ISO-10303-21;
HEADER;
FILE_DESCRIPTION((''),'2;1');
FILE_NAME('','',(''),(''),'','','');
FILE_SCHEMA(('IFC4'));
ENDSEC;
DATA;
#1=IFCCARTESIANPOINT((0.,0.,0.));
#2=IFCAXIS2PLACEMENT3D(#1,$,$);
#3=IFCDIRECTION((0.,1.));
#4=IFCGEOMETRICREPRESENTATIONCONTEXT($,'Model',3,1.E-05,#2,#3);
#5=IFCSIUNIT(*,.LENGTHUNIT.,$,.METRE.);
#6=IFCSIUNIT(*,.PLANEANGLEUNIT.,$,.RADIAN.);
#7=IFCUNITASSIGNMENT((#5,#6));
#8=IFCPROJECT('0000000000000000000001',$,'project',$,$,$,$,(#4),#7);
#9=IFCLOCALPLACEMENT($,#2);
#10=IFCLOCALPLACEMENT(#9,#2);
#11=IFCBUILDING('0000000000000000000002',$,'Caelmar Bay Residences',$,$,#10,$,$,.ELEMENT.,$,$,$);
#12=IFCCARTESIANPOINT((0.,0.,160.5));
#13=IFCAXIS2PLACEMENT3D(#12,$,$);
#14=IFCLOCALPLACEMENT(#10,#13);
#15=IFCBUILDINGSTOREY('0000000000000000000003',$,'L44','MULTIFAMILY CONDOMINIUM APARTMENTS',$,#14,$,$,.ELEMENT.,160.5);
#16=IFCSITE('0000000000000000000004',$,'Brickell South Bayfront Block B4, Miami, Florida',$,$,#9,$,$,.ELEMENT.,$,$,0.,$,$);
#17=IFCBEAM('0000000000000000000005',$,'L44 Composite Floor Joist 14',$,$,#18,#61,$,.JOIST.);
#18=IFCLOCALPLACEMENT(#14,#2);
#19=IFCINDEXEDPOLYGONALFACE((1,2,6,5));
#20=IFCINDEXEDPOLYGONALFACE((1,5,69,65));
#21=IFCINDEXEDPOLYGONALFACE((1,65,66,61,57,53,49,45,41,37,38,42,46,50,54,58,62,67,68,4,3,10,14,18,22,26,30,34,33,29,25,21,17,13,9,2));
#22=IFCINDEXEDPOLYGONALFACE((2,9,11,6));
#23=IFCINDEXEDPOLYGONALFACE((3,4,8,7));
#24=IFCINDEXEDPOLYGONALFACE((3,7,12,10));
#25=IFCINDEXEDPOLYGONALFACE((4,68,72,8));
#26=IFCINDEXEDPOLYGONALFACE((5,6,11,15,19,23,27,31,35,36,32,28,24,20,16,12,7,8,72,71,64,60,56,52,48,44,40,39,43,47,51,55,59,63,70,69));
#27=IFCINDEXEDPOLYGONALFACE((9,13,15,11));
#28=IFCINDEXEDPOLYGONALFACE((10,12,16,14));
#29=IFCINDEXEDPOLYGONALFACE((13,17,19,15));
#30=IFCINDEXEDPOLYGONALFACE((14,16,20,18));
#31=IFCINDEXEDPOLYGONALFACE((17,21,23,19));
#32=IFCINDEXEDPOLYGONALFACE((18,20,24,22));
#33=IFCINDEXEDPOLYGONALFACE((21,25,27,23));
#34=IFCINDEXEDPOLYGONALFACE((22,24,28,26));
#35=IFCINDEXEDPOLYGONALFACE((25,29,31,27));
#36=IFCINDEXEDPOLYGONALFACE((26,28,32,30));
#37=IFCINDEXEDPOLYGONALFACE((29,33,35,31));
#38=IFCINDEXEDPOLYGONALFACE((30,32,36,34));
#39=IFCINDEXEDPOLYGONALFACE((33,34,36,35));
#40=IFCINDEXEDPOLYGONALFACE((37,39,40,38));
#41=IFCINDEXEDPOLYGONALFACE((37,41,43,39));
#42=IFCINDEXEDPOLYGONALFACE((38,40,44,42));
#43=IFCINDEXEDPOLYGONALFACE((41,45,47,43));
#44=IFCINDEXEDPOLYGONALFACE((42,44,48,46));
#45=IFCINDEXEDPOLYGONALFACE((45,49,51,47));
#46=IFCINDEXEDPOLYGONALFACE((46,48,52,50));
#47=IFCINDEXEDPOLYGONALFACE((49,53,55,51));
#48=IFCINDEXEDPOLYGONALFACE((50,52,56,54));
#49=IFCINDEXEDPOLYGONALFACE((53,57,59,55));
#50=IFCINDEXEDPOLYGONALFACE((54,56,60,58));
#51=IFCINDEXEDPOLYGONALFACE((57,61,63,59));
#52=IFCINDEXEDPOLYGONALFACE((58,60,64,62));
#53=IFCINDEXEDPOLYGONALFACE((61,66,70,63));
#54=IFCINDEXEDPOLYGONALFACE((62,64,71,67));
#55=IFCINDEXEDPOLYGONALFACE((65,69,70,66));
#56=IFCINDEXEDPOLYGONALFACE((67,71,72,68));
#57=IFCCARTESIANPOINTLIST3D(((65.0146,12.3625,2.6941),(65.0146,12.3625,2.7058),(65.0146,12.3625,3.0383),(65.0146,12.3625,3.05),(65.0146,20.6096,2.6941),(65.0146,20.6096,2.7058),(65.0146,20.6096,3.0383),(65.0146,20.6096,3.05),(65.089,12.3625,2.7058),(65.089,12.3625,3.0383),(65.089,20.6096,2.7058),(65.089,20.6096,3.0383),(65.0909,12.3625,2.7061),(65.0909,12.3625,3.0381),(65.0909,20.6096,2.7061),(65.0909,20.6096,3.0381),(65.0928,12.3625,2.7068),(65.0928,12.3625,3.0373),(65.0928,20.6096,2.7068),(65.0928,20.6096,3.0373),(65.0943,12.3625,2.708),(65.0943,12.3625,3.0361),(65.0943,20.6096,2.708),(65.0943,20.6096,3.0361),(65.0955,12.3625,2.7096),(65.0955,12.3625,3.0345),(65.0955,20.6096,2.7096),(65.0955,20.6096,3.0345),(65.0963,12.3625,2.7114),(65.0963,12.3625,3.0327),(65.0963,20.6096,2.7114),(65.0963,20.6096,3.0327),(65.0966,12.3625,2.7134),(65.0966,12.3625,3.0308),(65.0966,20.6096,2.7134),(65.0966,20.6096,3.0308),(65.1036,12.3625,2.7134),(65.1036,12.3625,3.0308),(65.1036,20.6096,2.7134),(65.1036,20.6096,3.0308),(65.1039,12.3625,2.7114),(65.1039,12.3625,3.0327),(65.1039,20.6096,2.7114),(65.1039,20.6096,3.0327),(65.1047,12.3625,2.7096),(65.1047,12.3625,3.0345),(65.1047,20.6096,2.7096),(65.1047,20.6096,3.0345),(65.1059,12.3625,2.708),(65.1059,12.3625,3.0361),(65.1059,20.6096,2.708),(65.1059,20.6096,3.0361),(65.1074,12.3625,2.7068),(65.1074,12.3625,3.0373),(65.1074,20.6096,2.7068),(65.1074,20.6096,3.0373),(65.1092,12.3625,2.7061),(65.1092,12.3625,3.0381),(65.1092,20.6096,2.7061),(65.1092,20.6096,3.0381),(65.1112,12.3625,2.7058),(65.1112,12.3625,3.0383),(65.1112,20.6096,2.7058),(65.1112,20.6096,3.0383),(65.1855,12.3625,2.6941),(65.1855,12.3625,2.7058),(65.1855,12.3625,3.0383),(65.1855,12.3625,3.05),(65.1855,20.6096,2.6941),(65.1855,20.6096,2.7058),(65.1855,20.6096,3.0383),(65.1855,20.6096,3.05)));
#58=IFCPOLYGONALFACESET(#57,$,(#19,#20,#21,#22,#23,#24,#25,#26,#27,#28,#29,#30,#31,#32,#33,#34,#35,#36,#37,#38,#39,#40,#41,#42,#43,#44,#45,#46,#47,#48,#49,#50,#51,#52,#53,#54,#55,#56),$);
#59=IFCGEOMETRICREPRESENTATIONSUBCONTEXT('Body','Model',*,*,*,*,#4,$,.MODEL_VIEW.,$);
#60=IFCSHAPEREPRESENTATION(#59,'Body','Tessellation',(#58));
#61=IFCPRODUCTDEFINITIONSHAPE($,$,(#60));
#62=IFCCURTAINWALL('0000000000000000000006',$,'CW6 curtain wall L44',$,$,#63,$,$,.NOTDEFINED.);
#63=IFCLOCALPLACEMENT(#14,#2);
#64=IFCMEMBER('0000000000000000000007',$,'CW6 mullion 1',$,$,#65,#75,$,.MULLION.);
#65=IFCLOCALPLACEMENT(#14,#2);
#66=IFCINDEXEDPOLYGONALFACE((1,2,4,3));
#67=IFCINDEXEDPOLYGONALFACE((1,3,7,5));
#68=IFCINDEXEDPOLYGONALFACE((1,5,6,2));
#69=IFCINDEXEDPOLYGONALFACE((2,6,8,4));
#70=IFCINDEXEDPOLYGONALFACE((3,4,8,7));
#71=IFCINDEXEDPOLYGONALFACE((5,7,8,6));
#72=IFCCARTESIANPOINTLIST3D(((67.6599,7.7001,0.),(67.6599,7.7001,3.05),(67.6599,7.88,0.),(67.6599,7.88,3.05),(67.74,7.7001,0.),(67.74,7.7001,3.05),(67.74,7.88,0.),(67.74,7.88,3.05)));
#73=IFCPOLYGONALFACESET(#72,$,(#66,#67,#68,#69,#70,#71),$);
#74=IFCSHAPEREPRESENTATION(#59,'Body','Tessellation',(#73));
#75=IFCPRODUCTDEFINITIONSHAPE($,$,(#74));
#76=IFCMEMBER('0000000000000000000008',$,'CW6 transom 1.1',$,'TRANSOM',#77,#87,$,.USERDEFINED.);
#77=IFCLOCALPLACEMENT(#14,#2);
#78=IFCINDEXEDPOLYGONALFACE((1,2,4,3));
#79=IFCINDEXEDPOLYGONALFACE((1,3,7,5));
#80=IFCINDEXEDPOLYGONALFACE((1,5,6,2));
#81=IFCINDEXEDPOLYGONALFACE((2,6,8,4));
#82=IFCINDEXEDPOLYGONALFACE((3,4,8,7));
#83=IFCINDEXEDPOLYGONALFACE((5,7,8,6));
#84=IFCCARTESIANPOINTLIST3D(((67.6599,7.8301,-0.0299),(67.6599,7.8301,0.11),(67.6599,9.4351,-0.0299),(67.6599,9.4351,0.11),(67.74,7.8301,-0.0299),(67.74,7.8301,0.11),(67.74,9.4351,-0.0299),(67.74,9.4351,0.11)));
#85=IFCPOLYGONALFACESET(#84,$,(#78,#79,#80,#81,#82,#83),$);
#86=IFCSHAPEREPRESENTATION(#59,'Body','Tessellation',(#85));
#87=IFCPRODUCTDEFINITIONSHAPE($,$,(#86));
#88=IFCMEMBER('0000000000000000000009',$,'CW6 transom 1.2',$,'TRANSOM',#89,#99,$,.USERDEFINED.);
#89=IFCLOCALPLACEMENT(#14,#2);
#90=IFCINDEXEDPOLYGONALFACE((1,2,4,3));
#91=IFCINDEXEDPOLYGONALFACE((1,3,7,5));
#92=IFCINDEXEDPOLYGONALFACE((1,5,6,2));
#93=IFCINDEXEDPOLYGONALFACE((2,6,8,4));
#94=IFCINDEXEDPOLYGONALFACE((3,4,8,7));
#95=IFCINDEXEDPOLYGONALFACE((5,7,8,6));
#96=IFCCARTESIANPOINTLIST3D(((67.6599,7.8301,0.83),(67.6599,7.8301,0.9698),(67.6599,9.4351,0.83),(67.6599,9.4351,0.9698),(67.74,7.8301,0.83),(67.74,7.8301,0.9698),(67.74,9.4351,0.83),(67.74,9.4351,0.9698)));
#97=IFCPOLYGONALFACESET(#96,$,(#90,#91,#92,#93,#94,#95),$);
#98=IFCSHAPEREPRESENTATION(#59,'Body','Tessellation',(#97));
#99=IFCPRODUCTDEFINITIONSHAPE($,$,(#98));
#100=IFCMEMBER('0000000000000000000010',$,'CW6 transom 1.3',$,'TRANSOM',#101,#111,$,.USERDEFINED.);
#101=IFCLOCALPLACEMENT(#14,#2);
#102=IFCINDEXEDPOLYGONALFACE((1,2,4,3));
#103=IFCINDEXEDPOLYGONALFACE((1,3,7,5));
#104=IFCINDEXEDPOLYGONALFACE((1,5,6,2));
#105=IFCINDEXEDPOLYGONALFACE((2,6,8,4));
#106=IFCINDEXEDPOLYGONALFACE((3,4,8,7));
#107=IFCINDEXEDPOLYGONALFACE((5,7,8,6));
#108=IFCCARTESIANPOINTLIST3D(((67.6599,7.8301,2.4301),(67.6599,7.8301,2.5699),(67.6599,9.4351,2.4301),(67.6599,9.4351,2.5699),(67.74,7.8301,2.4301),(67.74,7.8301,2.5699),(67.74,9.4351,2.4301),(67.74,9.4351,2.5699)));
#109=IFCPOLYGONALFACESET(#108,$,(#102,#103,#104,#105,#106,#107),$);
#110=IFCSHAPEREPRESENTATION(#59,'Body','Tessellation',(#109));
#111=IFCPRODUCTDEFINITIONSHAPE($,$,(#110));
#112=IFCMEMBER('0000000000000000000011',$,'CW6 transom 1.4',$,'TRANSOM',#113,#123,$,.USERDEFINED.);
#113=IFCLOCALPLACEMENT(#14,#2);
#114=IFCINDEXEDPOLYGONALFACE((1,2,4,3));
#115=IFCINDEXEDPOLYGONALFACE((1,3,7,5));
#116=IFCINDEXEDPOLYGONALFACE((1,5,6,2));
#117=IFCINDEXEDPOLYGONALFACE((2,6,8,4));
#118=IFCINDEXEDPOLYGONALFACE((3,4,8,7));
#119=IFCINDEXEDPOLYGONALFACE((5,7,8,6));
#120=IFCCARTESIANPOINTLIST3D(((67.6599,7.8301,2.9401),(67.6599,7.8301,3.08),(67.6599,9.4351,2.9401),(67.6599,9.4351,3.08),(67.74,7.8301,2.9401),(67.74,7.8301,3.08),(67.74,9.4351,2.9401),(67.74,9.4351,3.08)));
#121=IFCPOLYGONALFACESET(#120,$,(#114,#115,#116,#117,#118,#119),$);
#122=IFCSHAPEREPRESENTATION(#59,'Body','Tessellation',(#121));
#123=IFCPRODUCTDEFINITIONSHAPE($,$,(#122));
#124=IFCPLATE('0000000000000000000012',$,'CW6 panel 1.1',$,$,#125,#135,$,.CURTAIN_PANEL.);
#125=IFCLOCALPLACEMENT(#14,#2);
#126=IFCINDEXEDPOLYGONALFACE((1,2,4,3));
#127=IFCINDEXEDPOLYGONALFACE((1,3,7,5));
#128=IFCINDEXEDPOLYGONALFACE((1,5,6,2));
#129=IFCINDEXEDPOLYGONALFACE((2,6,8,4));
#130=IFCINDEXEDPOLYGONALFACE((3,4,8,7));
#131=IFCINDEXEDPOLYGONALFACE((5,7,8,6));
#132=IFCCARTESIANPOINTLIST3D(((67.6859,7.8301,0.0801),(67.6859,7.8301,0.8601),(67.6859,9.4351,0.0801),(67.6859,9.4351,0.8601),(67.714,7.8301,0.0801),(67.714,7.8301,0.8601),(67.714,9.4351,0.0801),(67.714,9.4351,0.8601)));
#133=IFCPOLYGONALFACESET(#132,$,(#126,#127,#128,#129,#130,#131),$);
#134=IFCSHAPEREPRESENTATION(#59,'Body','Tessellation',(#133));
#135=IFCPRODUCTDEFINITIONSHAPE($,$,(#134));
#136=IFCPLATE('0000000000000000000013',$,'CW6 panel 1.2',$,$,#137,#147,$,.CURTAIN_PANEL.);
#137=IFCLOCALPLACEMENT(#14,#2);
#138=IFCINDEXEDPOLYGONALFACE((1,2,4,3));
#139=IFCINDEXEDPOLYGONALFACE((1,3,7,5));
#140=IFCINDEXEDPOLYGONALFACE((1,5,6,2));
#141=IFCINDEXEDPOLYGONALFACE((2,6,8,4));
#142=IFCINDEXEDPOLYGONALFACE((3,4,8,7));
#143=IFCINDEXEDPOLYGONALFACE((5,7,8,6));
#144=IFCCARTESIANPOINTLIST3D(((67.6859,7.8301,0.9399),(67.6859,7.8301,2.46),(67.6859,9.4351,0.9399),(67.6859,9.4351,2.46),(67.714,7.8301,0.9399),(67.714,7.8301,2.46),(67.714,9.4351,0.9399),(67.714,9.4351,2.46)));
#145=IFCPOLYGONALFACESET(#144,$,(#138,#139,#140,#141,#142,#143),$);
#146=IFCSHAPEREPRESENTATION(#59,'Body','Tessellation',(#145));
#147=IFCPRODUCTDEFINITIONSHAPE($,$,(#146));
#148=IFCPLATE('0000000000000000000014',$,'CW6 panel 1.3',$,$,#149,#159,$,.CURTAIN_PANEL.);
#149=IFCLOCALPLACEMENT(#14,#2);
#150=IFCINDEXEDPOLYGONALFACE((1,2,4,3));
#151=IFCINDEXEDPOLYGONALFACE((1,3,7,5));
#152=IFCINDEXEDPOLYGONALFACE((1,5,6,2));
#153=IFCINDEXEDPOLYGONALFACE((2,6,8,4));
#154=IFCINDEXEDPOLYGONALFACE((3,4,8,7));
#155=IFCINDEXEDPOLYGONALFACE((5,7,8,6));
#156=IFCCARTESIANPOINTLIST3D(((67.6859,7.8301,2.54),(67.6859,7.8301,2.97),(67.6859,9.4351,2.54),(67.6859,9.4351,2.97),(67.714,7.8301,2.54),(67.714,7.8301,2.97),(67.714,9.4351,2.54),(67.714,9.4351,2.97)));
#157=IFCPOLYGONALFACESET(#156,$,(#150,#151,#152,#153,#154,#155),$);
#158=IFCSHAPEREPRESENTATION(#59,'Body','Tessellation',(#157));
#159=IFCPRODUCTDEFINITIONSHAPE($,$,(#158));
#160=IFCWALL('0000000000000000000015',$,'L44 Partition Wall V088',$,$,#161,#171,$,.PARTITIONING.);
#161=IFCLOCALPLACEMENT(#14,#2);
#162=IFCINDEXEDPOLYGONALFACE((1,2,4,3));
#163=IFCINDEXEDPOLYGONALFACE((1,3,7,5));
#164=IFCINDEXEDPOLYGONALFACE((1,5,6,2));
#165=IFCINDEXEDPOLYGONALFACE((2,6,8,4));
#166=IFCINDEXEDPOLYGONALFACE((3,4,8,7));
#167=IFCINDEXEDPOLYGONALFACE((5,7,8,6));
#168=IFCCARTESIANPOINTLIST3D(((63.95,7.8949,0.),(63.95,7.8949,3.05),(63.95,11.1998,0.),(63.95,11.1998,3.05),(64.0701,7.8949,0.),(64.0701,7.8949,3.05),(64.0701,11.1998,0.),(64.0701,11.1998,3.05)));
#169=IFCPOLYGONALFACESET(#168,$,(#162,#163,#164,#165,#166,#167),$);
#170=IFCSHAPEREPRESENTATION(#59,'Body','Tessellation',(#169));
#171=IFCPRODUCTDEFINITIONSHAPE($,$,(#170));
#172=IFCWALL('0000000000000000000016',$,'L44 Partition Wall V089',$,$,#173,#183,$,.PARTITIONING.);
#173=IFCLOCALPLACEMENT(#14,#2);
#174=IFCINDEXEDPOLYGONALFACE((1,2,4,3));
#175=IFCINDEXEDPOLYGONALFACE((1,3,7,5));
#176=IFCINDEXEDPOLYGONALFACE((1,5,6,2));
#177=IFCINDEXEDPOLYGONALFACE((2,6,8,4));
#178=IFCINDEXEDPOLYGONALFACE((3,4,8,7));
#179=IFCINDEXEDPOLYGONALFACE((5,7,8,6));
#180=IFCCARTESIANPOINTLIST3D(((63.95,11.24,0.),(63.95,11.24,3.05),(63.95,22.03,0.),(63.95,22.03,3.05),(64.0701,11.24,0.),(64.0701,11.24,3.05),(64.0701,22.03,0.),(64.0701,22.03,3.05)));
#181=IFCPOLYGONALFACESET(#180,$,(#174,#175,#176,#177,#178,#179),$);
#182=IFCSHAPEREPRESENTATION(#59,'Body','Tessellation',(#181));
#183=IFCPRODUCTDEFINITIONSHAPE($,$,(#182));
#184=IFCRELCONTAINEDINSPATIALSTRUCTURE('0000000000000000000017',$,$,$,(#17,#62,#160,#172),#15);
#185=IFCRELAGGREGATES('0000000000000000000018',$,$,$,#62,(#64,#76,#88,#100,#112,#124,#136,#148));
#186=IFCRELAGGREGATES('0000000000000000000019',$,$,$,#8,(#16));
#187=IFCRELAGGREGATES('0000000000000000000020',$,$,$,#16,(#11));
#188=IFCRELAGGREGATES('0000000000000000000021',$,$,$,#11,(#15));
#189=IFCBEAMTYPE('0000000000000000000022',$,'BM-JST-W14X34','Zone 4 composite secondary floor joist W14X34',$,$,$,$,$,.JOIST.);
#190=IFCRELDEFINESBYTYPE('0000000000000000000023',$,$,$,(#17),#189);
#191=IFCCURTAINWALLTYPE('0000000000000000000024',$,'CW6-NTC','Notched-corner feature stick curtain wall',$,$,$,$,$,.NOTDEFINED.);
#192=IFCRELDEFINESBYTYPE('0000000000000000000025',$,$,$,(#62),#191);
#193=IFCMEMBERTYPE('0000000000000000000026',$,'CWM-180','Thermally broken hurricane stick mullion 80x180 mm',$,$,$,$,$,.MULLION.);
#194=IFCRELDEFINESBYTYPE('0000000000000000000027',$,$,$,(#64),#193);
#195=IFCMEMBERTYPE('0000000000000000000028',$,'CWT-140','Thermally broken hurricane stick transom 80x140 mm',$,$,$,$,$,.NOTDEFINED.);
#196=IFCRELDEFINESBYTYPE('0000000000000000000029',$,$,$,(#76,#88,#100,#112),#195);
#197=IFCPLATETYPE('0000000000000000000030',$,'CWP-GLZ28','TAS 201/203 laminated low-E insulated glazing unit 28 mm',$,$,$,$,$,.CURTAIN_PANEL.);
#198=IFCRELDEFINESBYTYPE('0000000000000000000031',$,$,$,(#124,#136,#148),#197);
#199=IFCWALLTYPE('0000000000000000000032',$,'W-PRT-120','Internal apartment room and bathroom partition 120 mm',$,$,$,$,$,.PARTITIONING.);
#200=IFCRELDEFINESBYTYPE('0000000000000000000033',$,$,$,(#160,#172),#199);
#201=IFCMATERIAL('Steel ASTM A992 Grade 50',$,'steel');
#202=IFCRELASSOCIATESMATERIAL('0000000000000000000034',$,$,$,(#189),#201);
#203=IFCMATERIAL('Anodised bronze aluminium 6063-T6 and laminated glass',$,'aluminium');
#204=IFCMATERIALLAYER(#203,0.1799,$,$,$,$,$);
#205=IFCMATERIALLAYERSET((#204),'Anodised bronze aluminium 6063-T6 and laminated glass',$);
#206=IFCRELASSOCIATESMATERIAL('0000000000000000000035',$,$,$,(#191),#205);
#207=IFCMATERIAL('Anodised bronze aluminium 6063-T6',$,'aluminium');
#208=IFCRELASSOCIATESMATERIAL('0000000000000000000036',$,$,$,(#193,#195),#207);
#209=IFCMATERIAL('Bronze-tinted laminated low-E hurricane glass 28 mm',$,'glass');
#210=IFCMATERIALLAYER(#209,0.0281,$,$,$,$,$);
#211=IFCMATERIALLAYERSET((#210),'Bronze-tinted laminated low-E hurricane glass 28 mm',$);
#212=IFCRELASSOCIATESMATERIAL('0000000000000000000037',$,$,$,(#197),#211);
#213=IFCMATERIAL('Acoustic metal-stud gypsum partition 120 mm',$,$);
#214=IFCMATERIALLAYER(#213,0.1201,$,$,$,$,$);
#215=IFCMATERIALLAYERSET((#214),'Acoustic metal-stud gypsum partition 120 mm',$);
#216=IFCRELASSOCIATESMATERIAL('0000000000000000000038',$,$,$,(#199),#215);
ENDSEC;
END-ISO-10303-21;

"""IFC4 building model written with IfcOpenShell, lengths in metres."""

from ifc_helpers import new_model, si_unit, direction, frame, frame_2d, origin, origin_2d, place, context, subcontext, project, spatial, rectangle, i_section, extrude, material, layer, layer_set, material_profile, profile_set, type_object, element, aggregate, save


model = new_model("IFC4")

# Units and contexts
model_context = context("Model", 3, precision=1e-05, world=origin(), true_north=direction((0.0, 1.0)))
body_context = subcontext(model_context, "Body", "Model", "MODEL_VIEW")
ifc_project = project(units=[si_unit("LENGTHUNIT", "METRE"), si_unit("PLANEANGLEUNIT", "RADIAN")], contexts=[model_context])

# Site, building, storey
site_placement = place(None, origin())
site = spatial("IfcSite", under=ifc_project, at=site_placement, Name="Brickell South Bayfront Block B4, Miami, Florida", CompositionType="ELEMENT", RefElevation=0.0)
building_placement = place(site_placement, origin())
building = spatial("IfcBuilding", under=site, at=building_placement, Name="Caelmar Bay Residences", CompositionType="ELEMENT")
storey_placement = place(building_placement, frame((0.0, 0.0, 160.5)))
storey = spatial("IfcBuildingStorey", under=building, at=storey_placement, Name="L44", Description="MULTIFAMILY CONDOMINIUM APARTMENTS", CompositionType="ELEMENT", Elevation=160.5)

# Beam
ifc_material_1 = material(Name="Steel ASTM A992 Grade 50", Category="steel")
ifc_material_profile_1 = material_profile(ifc_material_1, i_section(OverallWidth=0.1709, OverallDepth=0.356, WebThickness=0.0071, FlangeThickness=0.0117, FilletRadius=0.0076, at=origin_2d()), Name="W14X34")
ifc_profile_set_1 = profile_set([ifc_material_profile_1], Name="Steel ASTM A992 Grade 50")
beam_type = type_object("IfcBeamType", Name="BM-JST-W14X34", Description="Zone 4 composite secondary floor joist W14X34", PredefinedType="JOIST", material=ifc_profile_set_1)
beam_placement = place(storey_placement, frame((65.1001, 12.3625, 2.8721), z_axis=(0.0, 1.0, 0.0), x_axis=(-1.0, 0.0, 0.0)))
element("IfcBeam", 1, at=beam_placement, inside=storey, type_object=beam_type, Name="L44 Composite Floor Joist 14", PredefinedType="JOIST", context=body_context, shape_type="SweptSolid", body=[
    extrude(i_section(OverallWidth=0.1709, OverallDepth=0.356, WebThickness=0.0071, FlangeThickness=0.0117, FilletRadius=0.0076, at=origin_2d()), origin(), (0.0, 0.0, 1.0), 8.2471),
])

# Curtain wall, members, plates
ifc_material_2 = material(Name="Anodised bronze aluminium 6063-T6 and laminated glass", Category="aluminium")
ifc_layer_1 = layer(ifc_material_2, 0.1799)
ifc_layer_set_1 = layer_set([ifc_layer_1], Name="Anodised bronze aluminium 6063-T6 and laminated glass")
curtain_wall_type = type_object("IfcCurtainWallType", Name="CW6-NTC", Description="Notched-corner feature stick curtain wall", PredefinedType="NOTDEFINED", material=ifc_layer_set_1)
curtain_wall_placement = place(storey_placement, origin())
curtain_wall = element("IfcCurtainWall", 2, at=curtain_wall_placement, inside=storey, type_object=curtain_wall_type, Name="CW6 curtain wall L44", PredefinedType="NOTDEFINED")
ifc_material_3 = material(Name="Anodised bronze aluminium 6063-T6", Category="aluminium")
ifc_material_profile_2 = material_profile(ifc_material_3, rectangle(XDim=0.0801, YDim=0.1799, at=origin_2d()), Name="CWM-80X180")
ifc_profile_set_2 = profile_set([ifc_material_profile_2], Name="Anodised bronze aluminium 6063-T6")
member_type_1 = type_object("IfcMemberType", Name="CWM-180", Description="Thermally broken hurricane stick mullion 80x180 mm", PredefinedType="MULLION", material=ifc_profile_set_2)
member_1_placement = place(storey_placement, frame((67.7, 7.79, 0.0), z_axis=(0.0, 0.0, 1.0), x_axis=(-1.0, 0.0, 0.0)))
member_1 = element("IfcMember", 3, at=member_1_placement, type_object=member_type_1, Name="CW6 mullion 1", PredefinedType="MULLION", context=body_context, shape_type="SweptSolid", body=[
    extrude(rectangle(XDim=0.0801, YDim=0.1799, at=origin_2d()), origin(), (0.0, 0.0, 1.0), 3.05),
])
ifc_material_profile_3 = material_profile(ifc_material_3, rectangle(XDim=0.0801, YDim=0.1399, at=origin_2d()), Name="CWT-80X140")
ifc_profile_set_3 = profile_set([ifc_material_profile_3], Name="Anodised bronze aluminium 6063-T6")
member_type_2 = type_object("IfcMemberType", Name="CWT-140", Description="Thermally broken hurricane stick transom 80x140 mm", PredefinedType="NOTDEFINED", material=ifc_profile_set_3)
member_2_placement = place(storey_placement, frame((67.7, 7.8301, 0.04), z_axis=(0.0, 1.0, 0.0), x_axis=(-1.0, 0.0, 0.0)))
member_2 = element("IfcMember", 4, at=member_2_placement, type_object=member_type_2, Name="CW6 transom 1.1", ObjectType="TRANSOM", PredefinedType="USERDEFINED", context=body_context, shape_type="SweptSolid", body=[
    extrude(rectangle(XDim=0.0801, YDim=0.1399, at=origin_2d()), origin(), (0.0, 0.0, 1.0), 1.605),
])
member_3_placement = place(storey_placement, frame((67.7, 7.8301, 0.8999), z_axis=(0.0, 1.0, 0.0), x_axis=(-1.0, 0.0, 0.0)))
member_3 = element("IfcMember", 5, at=member_3_placement, type_object=member_type_2, Name="CW6 transom 1.2", ObjectType="TRANSOM", PredefinedType="USERDEFINED", context=body_context, shape_type="SweptSolid", body=[
    extrude(rectangle(XDim=0.0801, YDim=0.1399, at=origin_2d()), origin(), (0.0, 0.0, 1.0), 1.605),
])
member_4_placement = place(storey_placement, frame((67.7, 7.8301, 2.5), z_axis=(0.0, 1.0, 0.0), x_axis=(-1.0, 0.0, 0.0)))
member_4 = element("IfcMember", 6, at=member_4_placement, type_object=member_type_2, Name="CW6 transom 1.3", ObjectType="TRANSOM", PredefinedType="USERDEFINED", context=body_context, shape_type="SweptSolid", body=[
    extrude(rectangle(XDim=0.0801, YDim=0.1399, at=origin_2d()), origin(), (0.0, 0.0, 1.0), 1.605),
])
member_5_placement = place(storey_placement, frame((67.7, 7.8301, 3.01), z_axis=(0.0, 1.0, 0.0), x_axis=(-1.0, 0.0, 0.0)))
member_5 = element("IfcMember", 7, at=member_5_placement, type_object=member_type_2, Name="CW6 transom 1.4", ObjectType="TRANSOM", PredefinedType="USERDEFINED", context=body_context, shape_type="SweptSolid", body=[
    extrude(rectangle(XDim=0.0801, YDim=0.1399, at=origin_2d()), origin(), (0.0, 0.0, 1.0), 1.605),
])
ifc_material_4 = material(Name="Bronze-tinted laminated low-E hurricane glass 28 mm", Category="glass")
ifc_layer_2 = layer(ifc_material_4, 0.0281)
ifc_layer_set_2 = layer_set([ifc_layer_2], Name="Bronze-tinted laminated low-E hurricane glass 28 mm")
plate_type = type_object("IfcPlateType", Name="CWP-GLZ28", Description="TAS 201/203 laminated low-E insulated glazing unit 28 mm", PredefinedType="CURTAIN_PANEL", material=ifc_layer_set_2)
plate_1_placement = place(storey_placement, frame((67.7, 8.6326, 0.0801), z_axis=(0.0, 0.0, 1.0), x_axis=(0.0, 1.0, 0.0)))
plate_1 = element("IfcPlate", 8, at=plate_1_placement, type_object=plate_type, Name="CW6 panel 1.1", PredefinedType="CURTAIN_PANEL", context=body_context, shape_type="SweptSolid", body=[
    extrude(rectangle(XDim=1.605, YDim=0.0281, at=origin_2d()), origin(), (0.0, 0.0, 1.0), 0.78),
])
plate_2_placement = place(storey_placement, frame((67.7, 8.6326, 0.9399), z_axis=(0.0, 0.0, 1.0), x_axis=(0.0, 1.0, 0.0)))
plate_2 = element("IfcPlate", 9, at=plate_2_placement, type_object=plate_type, Name="CW6 panel 1.2", PredefinedType="CURTAIN_PANEL", context=body_context, shape_type="SweptSolid", body=[
    extrude(rectangle(XDim=1.605, YDim=0.0281, at=origin_2d()), origin(), (0.0, 0.0, 1.0), 1.52),
])
plate_3_placement = place(storey_placement, frame((67.7, 8.6326, 2.54), z_axis=(0.0, 0.0, 1.0), x_axis=(0.0, 1.0, 0.0)))
plate_3 = element("IfcPlate", 10, at=plate_3_placement, type_object=plate_type, Name="CW6 panel 1.3", PredefinedType="CURTAIN_PANEL", context=body_context, shape_type="SweptSolid", body=[
    extrude(rectangle(XDim=1.605, YDim=0.0281, at=origin_2d()), origin(), (0.0, 0.0, 1.0), 0.4299),
])
aggregate(curtain_wall, [member_1, member_2, member_3, member_4, member_5, plate_1, plate_2, plate_3])

# Walls
ifc_material_5 = material(Name="Acoustic metal-stud gypsum partition 120 mm")
ifc_layer_3 = layer(ifc_material_5, 0.1201)
ifc_layer_set_3 = layer_set([ifc_layer_3], Name="Acoustic metal-stud gypsum partition 120 mm")
wall_type_1 = type_object("IfcWallType", Name="W-PRT-120", Description="Internal apartment room and bathroom partition 120 mm", PredefinedType="PARTITIONING", material=ifc_layer_set_3)
wall_1_placement = place(storey_placement, frame((64.01, 7.895, 0.0), z_axis=(0.0, 0.0, 1.0), x_axis=(0.0, 1.0, 0.0)))
element("IfcWall", 11, at=wall_1_placement, inside=storey, type_object=wall_type_1, Name="L44 Partition Wall V088", PredefinedType="PARTITIONING", context=body_context, shape_type="SweptSolid", body=[
    extrude(rectangle(XDim=3.3049, YDim=0.1201, at=frame_2d((1.6523, 0.0))), origin(), (0.0, 0.0, 1.0), 3.05),
])
wall_2_placement = place(storey_placement, frame((64.01, 11.24, 0.0), z_axis=(0.0, 0.0, 1.0), x_axis=(0.0, 1.0, 0.0)))
element("IfcWall", 12, at=wall_2_placement, inside=storey, type_object=wall_type_1, Name="L44 Partition Wall V089", PredefinedType="PARTITIONING", context=body_context, shape_type="SweptSolid", body=[
    extrude(rectangle(XDim=10.79, YDim=0.1201, at=frame_2d((5.395, 0.0))), origin(), (0.0, 0.0, 1.0), 3.05),
])

save(model, "model.ifc")
